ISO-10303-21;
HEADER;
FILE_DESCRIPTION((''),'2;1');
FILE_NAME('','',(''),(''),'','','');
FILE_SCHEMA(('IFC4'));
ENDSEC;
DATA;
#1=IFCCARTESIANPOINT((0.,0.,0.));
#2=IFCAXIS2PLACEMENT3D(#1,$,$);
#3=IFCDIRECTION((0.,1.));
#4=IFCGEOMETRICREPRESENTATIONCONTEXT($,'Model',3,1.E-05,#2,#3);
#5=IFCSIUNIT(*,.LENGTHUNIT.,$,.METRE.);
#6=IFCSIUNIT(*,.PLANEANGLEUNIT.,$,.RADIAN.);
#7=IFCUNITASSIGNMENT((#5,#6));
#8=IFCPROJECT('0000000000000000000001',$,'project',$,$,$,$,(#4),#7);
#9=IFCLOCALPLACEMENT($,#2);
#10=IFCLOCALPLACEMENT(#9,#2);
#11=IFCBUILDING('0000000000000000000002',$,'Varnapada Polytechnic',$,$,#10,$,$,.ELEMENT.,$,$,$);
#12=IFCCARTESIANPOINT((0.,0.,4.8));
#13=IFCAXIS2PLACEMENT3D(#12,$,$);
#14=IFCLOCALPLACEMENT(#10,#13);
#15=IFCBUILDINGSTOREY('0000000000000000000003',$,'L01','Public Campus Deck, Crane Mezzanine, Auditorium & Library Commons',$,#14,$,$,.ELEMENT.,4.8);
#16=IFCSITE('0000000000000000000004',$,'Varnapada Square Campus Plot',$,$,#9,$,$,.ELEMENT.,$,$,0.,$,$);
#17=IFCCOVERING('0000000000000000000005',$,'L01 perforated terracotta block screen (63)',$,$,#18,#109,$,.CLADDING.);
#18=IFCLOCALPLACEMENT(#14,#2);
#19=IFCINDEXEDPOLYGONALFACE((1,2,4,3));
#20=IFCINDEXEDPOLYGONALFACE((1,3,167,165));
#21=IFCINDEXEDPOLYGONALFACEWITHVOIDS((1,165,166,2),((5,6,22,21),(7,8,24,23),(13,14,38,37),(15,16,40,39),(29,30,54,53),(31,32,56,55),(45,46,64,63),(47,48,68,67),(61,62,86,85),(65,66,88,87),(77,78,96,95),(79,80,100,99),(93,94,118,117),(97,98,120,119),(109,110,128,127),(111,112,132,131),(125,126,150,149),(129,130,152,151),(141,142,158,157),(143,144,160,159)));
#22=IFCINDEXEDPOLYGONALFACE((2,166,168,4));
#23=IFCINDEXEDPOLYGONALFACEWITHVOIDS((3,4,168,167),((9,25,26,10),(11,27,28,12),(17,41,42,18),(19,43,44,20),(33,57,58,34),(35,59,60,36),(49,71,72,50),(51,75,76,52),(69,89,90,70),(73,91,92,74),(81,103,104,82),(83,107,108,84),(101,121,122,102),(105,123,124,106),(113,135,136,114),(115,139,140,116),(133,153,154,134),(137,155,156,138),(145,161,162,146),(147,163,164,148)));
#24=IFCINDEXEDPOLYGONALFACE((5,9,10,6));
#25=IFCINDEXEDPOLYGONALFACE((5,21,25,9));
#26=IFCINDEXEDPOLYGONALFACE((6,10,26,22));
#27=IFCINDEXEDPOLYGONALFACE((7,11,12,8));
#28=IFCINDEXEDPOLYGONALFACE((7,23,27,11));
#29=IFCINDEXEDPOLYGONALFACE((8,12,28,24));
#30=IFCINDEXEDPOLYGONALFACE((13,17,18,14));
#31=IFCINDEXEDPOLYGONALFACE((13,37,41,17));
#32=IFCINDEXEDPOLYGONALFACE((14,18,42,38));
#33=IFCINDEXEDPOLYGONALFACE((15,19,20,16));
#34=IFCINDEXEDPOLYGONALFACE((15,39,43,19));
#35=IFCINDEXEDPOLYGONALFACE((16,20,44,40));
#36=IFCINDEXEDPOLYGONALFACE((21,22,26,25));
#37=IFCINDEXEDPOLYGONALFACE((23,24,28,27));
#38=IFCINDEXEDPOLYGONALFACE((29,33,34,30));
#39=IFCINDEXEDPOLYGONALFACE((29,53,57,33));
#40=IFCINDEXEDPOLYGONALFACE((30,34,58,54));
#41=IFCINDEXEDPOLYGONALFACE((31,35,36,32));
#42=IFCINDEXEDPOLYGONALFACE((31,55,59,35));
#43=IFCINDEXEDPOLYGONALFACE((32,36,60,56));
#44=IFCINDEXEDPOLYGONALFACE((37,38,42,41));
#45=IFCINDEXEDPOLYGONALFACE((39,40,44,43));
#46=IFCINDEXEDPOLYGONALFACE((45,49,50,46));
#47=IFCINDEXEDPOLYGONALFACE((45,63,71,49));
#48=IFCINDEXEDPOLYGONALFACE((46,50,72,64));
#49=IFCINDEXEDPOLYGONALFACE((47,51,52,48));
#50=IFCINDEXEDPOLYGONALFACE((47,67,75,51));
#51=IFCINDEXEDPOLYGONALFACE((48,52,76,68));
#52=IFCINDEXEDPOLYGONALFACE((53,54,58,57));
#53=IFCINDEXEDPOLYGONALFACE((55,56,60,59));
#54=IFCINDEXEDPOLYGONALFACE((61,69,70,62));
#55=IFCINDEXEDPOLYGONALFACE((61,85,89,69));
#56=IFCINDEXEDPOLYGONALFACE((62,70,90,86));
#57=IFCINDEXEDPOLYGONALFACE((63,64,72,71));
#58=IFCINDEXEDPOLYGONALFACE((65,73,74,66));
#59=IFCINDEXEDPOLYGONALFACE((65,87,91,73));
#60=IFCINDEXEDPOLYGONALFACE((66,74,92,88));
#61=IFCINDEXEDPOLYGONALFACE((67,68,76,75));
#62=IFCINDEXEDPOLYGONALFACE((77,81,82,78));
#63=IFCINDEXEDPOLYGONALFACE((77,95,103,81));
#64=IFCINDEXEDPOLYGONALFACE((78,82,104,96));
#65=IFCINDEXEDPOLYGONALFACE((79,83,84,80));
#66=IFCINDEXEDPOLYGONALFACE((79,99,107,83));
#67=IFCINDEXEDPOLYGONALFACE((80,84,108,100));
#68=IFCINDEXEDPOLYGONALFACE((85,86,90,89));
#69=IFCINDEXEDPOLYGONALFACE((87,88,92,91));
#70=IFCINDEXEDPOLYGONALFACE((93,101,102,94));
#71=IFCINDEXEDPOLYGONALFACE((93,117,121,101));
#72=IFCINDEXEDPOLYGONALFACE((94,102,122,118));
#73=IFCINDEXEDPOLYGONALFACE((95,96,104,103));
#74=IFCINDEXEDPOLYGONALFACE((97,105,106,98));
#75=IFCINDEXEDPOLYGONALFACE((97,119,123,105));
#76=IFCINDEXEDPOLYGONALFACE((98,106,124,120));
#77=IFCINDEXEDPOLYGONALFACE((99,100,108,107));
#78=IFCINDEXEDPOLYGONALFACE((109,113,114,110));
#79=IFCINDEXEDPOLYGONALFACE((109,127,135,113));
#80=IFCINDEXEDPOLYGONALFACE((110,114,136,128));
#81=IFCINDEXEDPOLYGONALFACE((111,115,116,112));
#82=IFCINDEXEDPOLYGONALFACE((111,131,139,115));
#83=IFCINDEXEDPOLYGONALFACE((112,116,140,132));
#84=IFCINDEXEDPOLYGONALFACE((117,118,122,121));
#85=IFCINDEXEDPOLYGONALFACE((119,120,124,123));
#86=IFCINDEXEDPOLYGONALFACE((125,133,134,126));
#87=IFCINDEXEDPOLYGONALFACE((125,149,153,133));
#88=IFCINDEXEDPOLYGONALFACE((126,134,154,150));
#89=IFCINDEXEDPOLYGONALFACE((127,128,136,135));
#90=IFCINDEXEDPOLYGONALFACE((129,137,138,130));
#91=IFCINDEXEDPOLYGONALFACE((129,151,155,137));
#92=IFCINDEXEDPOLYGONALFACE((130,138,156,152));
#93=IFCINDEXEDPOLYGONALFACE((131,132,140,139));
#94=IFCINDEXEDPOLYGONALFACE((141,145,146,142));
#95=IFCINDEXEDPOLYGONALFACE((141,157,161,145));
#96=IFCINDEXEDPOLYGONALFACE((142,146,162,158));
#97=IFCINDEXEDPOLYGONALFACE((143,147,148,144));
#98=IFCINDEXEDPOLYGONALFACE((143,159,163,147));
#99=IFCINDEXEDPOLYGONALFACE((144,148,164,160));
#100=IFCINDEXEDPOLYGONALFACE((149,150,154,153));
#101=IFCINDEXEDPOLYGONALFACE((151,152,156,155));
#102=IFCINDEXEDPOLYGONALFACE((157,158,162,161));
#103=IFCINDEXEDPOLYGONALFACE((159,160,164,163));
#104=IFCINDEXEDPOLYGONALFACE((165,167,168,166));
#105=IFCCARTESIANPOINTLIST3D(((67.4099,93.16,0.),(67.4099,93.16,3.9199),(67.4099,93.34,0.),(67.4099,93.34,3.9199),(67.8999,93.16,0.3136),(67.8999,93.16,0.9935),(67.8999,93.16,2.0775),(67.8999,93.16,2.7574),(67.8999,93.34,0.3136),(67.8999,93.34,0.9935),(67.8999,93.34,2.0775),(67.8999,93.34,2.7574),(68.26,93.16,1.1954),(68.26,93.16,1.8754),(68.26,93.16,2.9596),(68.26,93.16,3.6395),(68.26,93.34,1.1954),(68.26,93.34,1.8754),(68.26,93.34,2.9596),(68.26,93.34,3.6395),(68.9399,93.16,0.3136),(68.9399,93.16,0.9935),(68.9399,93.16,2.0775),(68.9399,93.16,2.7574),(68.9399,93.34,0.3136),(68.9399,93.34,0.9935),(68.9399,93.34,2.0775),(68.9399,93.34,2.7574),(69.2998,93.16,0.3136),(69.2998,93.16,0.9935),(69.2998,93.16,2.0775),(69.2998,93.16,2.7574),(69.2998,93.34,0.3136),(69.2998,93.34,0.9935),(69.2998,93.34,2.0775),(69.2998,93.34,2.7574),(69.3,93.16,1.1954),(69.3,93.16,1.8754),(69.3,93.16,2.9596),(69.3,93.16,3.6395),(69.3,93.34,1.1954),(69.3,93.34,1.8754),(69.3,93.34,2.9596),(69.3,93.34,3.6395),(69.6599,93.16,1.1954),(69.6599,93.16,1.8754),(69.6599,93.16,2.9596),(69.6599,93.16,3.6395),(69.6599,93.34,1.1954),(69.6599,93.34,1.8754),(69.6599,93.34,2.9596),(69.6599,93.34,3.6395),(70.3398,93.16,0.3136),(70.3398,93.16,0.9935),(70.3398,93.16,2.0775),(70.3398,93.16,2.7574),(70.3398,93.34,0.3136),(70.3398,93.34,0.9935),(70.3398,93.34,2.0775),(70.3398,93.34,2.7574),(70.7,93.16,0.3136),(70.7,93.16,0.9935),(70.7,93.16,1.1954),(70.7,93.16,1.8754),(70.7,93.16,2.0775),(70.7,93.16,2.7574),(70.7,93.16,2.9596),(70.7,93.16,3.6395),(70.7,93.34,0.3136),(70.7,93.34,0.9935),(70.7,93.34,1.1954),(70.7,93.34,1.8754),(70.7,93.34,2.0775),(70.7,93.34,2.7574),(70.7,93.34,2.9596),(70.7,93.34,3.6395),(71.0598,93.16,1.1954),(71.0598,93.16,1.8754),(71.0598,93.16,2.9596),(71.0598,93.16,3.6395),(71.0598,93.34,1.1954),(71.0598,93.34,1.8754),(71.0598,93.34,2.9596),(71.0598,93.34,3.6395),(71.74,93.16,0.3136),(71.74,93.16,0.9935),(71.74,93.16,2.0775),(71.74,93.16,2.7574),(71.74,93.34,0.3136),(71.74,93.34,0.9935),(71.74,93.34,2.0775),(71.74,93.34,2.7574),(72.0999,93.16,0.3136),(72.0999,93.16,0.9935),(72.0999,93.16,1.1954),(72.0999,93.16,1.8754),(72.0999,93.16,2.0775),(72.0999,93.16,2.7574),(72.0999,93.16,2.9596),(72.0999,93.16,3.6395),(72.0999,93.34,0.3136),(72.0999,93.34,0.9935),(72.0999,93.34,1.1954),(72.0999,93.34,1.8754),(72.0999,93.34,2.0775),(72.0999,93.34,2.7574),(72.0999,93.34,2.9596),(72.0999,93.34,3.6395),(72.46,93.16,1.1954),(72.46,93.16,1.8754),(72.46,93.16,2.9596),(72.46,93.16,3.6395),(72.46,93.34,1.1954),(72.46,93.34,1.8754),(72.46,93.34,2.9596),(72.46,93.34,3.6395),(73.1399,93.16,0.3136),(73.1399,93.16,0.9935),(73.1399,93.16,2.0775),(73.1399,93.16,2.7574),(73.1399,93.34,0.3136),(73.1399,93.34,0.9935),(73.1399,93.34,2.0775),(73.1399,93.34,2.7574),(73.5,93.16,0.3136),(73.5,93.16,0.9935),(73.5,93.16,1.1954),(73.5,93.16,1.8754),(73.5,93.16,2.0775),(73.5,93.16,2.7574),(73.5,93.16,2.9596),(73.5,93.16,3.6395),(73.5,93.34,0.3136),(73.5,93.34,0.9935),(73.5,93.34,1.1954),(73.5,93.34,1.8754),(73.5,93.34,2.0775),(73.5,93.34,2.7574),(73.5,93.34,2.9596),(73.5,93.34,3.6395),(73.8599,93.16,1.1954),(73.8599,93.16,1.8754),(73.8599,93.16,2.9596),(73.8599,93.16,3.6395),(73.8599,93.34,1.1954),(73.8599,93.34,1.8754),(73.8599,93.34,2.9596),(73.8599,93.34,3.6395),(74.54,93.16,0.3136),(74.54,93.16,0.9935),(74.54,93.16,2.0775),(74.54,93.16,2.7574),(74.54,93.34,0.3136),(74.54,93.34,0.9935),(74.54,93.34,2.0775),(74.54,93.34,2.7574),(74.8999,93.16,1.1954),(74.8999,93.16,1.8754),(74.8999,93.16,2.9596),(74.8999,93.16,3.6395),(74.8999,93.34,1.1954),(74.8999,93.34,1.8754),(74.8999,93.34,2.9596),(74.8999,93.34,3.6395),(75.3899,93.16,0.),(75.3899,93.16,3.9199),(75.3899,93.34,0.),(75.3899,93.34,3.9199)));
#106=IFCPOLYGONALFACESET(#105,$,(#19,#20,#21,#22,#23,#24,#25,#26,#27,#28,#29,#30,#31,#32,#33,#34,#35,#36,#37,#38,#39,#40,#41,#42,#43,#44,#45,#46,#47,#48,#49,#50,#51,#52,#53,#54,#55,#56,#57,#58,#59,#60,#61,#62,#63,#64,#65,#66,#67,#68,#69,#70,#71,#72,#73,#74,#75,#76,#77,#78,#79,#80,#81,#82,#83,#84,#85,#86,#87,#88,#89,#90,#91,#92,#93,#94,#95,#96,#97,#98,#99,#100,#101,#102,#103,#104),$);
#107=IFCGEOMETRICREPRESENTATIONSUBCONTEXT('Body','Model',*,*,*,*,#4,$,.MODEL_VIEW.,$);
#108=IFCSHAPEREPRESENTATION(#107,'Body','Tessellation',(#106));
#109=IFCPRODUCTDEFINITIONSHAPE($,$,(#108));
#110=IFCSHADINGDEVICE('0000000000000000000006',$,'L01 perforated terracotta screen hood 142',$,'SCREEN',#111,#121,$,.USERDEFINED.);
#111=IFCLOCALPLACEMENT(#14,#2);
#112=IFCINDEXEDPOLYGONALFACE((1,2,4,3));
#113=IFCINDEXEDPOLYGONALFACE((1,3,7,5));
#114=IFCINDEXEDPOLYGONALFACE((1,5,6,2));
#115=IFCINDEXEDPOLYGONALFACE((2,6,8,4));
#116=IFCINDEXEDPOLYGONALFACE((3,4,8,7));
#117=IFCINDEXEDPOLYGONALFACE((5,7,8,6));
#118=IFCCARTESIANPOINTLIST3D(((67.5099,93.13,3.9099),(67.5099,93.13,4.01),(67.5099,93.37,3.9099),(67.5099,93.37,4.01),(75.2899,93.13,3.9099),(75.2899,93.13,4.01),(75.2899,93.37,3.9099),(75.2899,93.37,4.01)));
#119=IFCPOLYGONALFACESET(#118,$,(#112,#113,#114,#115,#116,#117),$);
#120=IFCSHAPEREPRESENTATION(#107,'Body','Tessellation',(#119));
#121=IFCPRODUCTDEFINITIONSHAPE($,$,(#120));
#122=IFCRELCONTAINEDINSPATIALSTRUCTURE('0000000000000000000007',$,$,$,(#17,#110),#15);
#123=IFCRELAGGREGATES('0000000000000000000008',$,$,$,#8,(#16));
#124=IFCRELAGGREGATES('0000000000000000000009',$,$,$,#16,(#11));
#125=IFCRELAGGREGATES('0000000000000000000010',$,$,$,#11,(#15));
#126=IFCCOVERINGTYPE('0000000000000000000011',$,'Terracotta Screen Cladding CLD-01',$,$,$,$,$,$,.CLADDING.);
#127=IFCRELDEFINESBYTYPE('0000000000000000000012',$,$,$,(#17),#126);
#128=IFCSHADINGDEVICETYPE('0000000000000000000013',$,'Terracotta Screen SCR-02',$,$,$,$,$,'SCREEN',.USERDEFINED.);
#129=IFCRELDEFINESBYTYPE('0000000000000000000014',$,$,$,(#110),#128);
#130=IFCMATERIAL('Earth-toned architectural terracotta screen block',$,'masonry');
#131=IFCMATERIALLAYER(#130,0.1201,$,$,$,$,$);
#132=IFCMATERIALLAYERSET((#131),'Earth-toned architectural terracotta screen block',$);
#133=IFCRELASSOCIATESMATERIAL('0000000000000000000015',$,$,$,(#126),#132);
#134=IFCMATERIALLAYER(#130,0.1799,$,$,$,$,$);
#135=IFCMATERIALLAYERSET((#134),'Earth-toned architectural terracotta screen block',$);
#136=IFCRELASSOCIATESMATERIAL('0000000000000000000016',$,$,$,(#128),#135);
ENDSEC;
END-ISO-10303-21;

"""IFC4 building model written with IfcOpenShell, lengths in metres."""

from ifc_helpers import new_model, si_unit, direction, frame, frame_2d, origin, origin_2d, place, context, subcontext, project, spatial, rectangle, extrude, material, layer, layer_set, type_object, element, save


model = new_model("IFC4")

# Units and contexts
model_context = context("Model", 3, precision=1e-05, world=origin(), true_north=direction((0.0, 1.0)))
body_context = subcontext(model_context, "Body", "Model", "MODEL_VIEW")
ifc_project = project(units=[si_unit("LENGTHUNIT", "METRE"), si_unit("PLANEANGLEUNIT", "RADIAN")], contexts=[model_context])

# Site, building, storey
site_placement = place(None, origin())
site = spatial("IfcSite", under=ifc_project, at=site_placement, Name="Varnapada Square Campus Plot", CompositionType="ELEMENT", RefElevation=0.0)
building_placement = place(site_placement, origin())
building = spatial("IfcBuilding", under=site, at=building_placement, Name="Varnapada Polytechnic", CompositionType="ELEMENT")
storey_placement = place(building_placement, frame((0.0, 0.0, 4.8)))
storey = spatial("IfcBuildingStorey", under=building, at=storey_placement, Name="L01", Description="Public Campus Deck, Crane Mezzanine, Auditorium & Library Commons", CompositionType="ELEMENT", Elevation=4.8)

# Covering, openings
ifc_material_1 = material(Name="Earth-toned architectural terracotta screen block", Category="masonry")
ifc_layer_1 = layer(ifc_material_1, 0.1201)
ifc_layer_set_1 = layer_set([ifc_layer_1], Name="Earth-toned architectural terracotta screen block")
covering_type = type_object("IfcCoveringType", Name="Terracotta Screen Cladding CLD-01", PredefinedType="CLADDING", material=ifc_layer_set_1)
covering_placement = place(storey_placement, frame((67.4099, 93.25, 0.0), z_axis=(0.0, 0.0, 1.0), x_axis=(1.0, 0.0, 0.0)))
covering = element("IfcCovering", 1, at=covering_placement, inside=storey, type_object=covering_type, Name="L01 perforated terracotta block screen (63)", PredefinedType="CLADDING", context=body_context, shape_type="SweptSolid", body=[
    extrude(rectangle(XDim=7.98, YDim=0.1799, at=frame_2d((3.99, 0.0))), origin(), (0.0, 0.0, 1.0), 3.9199),
])
opening_1_placement = place(covering_placement, frame((0.49, 0.0, 0.3137)))
element("IfcOpeningElement", 2, at=opening_1_placement, cuts=covering, PredefinedType="OPENING", context=body_context, shape_type="SweptSolid", body=[
    extrude(rectangle(XDim=1.04, YDim=0.6799, at=frame_2d((0.52, 0.3398))), frame((0.0, 0.0999, 0.0), z_axis=(0.0, -1.0, 0.0), x_axis=(1.0, 0.0, 0.0)), (0.0, 0.0, 1.0), 0.2),
])
opening_2_placement = place(covering_placement, frame((1.8899, 0.0, 0.3137)))
element("IfcOpeningElement", 3, at=opening_2_placement, cuts=covering, PredefinedType="OPENING", context=body_context, shape_type="SweptSolid", body=[
    extrude(rectangle(XDim=1.04, YDim=0.6799, at=frame_2d((0.52, 0.3398))), frame((0.0, 0.0999, 0.0), z_axis=(0.0, -1.0, 0.0), x_axis=(1.0, 0.0, 0.0)), (0.0, 0.0, 1.0), 0.2),
])
opening_3_placement = place(covering_placement, frame((3.29, 0.0, 0.3137)))
element("IfcOpeningElement", 4, at=opening_3_placement, cuts=covering, PredefinedType="OPENING", context=body_context, shape_type="SweptSolid", body=[
    extrude(rectangle(XDim=1.04, YDim=0.6799, at=frame_2d((0.52, 0.3398))), frame((0.0, 0.0999, 0.0), z_axis=(0.0, -1.0, 0.0), x_axis=(1.0, 0.0, 0.0)), (0.0, 0.0, 1.0), 0.2),
])
opening_4_placement = place(covering_placement, frame((4.6899, 0.0, 0.3137)))
element("IfcOpeningElement", 5, at=opening_4_placement, cuts=covering, PredefinedType="OPENING", context=body_context, shape_type="SweptSolid", body=[
    extrude(rectangle(XDim=1.04, YDim=0.6799, at=frame_2d((0.52, 0.3398))), frame((0.0, 0.0999, 0.0), z_axis=(0.0, -1.0, 0.0), x_axis=(1.0, 0.0, 0.0)), (0.0, 0.0, 1.0), 0.2),
])
opening_5_placement = place(covering_placement, frame((6.0901, 0.0, 0.3137)))
element("IfcOpeningElement", 6, at=opening_5_placement, cuts=covering, PredefinedType="OPENING", context=body_context, shape_type="SweptSolid", body=[
    extrude(rectangle(XDim=1.04, YDim=0.6799, at=frame_2d((0.52, 0.3398))), frame((0.0, 0.0999, 0.0), z_axis=(0.0, -1.0, 0.0), x_axis=(1.0, 0.0, 0.0)), (0.0, 0.0, 1.0), 0.2),
])
opening_6_placement = place(covering_placement, frame((0.8501, 0.0, 1.1956)))
element("IfcOpeningElement", 7, at=opening_6_placement, cuts=covering, PredefinedType="OPENING", context=body_context, shape_type="SweptSolid", body=[
    extrude(rectangle(XDim=1.04, YDim=0.6799, at=frame_2d((0.52, 0.3398))), frame((0.0, 0.0999, 0.0), z_axis=(0.0, -1.0, 0.0), x_axis=(1.0, 0.0, 0.0)), (0.0, 0.0, 1.0), 0.2),
])
opening_7_placement = place(covering_placement, frame((2.25, 0.0, 1.1956)))
element("IfcOpeningElement", 8, at=opening_7_placement, cuts=covering, PredefinedType="OPENING", context=body_context, shape_type="SweptSolid", body=[
    extrude(rectangle(XDim=1.04, YDim=0.6799, at=frame_2d((0.52, 0.3398))), frame((0.0, 0.0999, 0.0), z_axis=(0.0, -1.0, 0.0), x_axis=(1.0, 0.0, 0.0)), (0.0, 0.0, 1.0), 0.2),
])
opening_8_placement = place(covering_placement, frame((3.6499, 0.0, 1.1956)))
element("IfcOpeningElement", 9, at=opening_8_placement, cuts=covering, PredefinedType="OPENING", context=body_context, shape_type="SweptSolid", body=[
    extrude(rectangle(XDim=1.04, YDim=0.6799, at=frame_2d((0.52, 0.3398))), frame((0.0, 0.0999, 0.0), z_axis=(0.0, -1.0, 0.0), x_axis=(1.0, 0.0, 0.0)), (0.0, 0.0, 1.0), 0.2),
])
opening_9_placement = place(covering_placement, frame((5.05, 0.0, 1.1956)))
element("IfcOpeningElement", 10, at=opening_9_placement, cuts=covering, PredefinedType="OPENING", context=body_context, shape_type="SweptSolid", body=[
    extrude(rectangle(XDim=1.04, YDim=0.6799, at=frame_2d((0.52, 0.3398))), frame((0.0, 0.0999, 0.0), z_axis=(0.0, -1.0, 0.0), x_axis=(1.0, 0.0, 0.0)), (0.0, 0.0, 1.0), 0.2),
])
opening_10_placement = place(covering_placement, frame((6.45, 0.0, 1.1956)))
element("IfcOpeningElement", 11, at=opening_10_placement, cuts=covering, PredefinedType="OPENING", context=body_context, shape_type="SweptSolid", body=[
    extrude(rectangle(XDim=1.04, YDim=0.6799, at=frame_2d((0.52, 0.3398))), frame((0.0, 0.0999, 0.0), z_axis=(0.0, -1.0, 0.0), x_axis=(1.0, 0.0, 0.0)), (0.0, 0.0, 1.0), 0.2),
])
opening_11_placement = place(covering_placement, frame((0.49, 0.0, 2.0776)))
element("IfcOpeningElement", 12, at=opening_11_placement, cuts=covering, PredefinedType="OPENING", context=body_context, shape_type="SweptSolid", body=[
    extrude(rectangle(XDim=1.04, YDim=0.6799, at=frame_2d((0.52, 0.3398))), frame((0.0, 0.0999, 0.0), z_axis=(0.0, -1.0, 0.0), x_axis=(1.0, 0.0, 0.0)), (0.0, 0.0, 1.0), 0.2),
])
opening_12_placement = place(covering_placement, frame((1.8899, 0.0, 2.0776)))
element("IfcOpeningElement", 13, at=opening_12_placement, cuts=covering, PredefinedType="OPENING", context=body_context, shape_type="SweptSolid", body=[
    extrude(rectangle(XDim=1.04, YDim=0.6799, at=frame_2d((0.52, 0.3398))), frame((0.0, 0.0999, 0.0), z_axis=(0.0, -1.0, 0.0), x_axis=(1.0, 0.0, 0.0)), (0.0, 0.0, 1.0), 0.2),
])
opening_13_placement = place(covering_placement, frame((3.29, 0.0, 2.0776)))
element("IfcOpeningElement", 14, at=opening_13_placement, cuts=covering, PredefinedType="OPENING", context=body_context, shape_type="SweptSolid", body=[
    extrude(rectangle(XDim=1.04, YDim=0.6799, at=frame_2d((0.52, 0.3398))), frame((0.0, 0.0999, 0.0), z_axis=(0.0, -1.0, 0.0), x_axis=(1.0, 0.0, 0.0)), (0.0, 0.0, 1.0), 0.2),
])
opening_14_placement = place(covering_placement, frame((4.6899, 0.0, 2.0776)))
element("IfcOpeningElement", 15, at=opening_14_placement, cuts=covering, PredefinedType="OPENING", context=body_context, shape_type="SweptSolid", body=[
    extrude(rectangle(XDim=1.04, YDim=0.6799, at=frame_2d((0.52, 0.3398))), frame((0.0, 0.0999, 0.0), z_axis=(0.0, -1.0, 0.0), x_axis=(1.0, 0.0, 0.0)), (0.0, 0.0, 1.0), 0.2),
])
opening_15_placement = place(covering_placement, frame((6.0901, 0.0, 2.0776)))
element("IfcOpeningElement", 16, at=opening_15_placement, cuts=covering, PredefinedType="OPENING", context=body_context, shape_type="SweptSolid", body=[
    extrude(rectangle(XDim=1.04, YDim=0.6799, at=frame_2d((0.52, 0.3398))), frame((0.0, 0.0999, 0.0), z_axis=(0.0, -1.0, 0.0), x_axis=(1.0, 0.0, 0.0)), (0.0, 0.0, 1.0), 0.2),
])
opening_16_placement = place(covering_placement, frame((0.8501, 0.0, 2.9597)))
element("IfcOpeningElement", 17, at=opening_16_placement, cuts=covering, PredefinedType="OPENING", context=body_context, shape_type="SweptSolid", body=[
    extrude(rectangle(XDim=1.04, YDim=0.6799, at=frame_2d((0.52, 0.3398))), frame((0.0, 0.0999, 0.0), z_axis=(0.0, -1.0, 0.0), x_axis=(1.0, 0.0, 0.0)), (0.0, 0.0, 1.0), 0.2),
])
opening_17_placement = place(covering_placement, frame((2.25, 0.0, 2.9597)))
element("IfcOpeningElement", 18, at=opening_17_placement, cuts=covering, PredefinedType="OPENING", context=body_context, shape_type="SweptSolid", body=[
    extrude(rectangle(XDim=1.04, YDim=0.6799, at=frame_2d((0.52, 0.3398))), frame((0.0, 0.0999, 0.0), z_axis=(0.0, -1.0, 0.0), x_axis=(1.0, 0.0, 0.0)), (0.0, 0.0, 1.0), 0.2),
])
opening_18_placement = place(covering_placement, frame((3.6499, 0.0, 2.9597)))
element("IfcOpeningElement", 19, at=opening_18_placement, cuts=covering, PredefinedType="OPENING", context=body_context, shape_type="SweptSolid", body=[
    extrude(rectangle(XDim=1.04, YDim=0.6799, at=frame_2d((0.52, 0.3398))), frame((0.0, 0.0999, 0.0), z_axis=(0.0, -1.0, 0.0), x_axis=(1.0, 0.0, 0.0)), (0.0, 0.0, 1.0), 0.2),
])
opening_19_placement = place(covering_placement, frame((5.05, 0.0, 2.9597)))
element("IfcOpeningElement", 20, at=opening_19_placement, cuts=covering, PredefinedType="OPENING", context=body_context, shape_type="SweptSolid", body=[
    extrude(rectangle(XDim=1.04, YDim=0.6799, at=frame_2d((0.52, 0.3398))), frame((0.0, 0.0999, 0.0), z_axis=(0.0, -1.0, 0.0), x_axis=(1.0, 0.0, 0.0)), (0.0, 0.0, 1.0), 0.2),
])
opening_20_placement = place(covering_placement, frame((6.45, 0.0, 2.9597)))
element("IfcOpeningElement", 21, at=opening_20_placement, cuts=covering, PredefinedType="OPENING", context=body_context, shape_type="SweptSolid", body=[
    extrude(rectangle(XDim=1.04, YDim=0.6799, at=frame_2d((0.52, 0.3398))), frame((0.0, 0.0999, 0.0), z_axis=(0.0, -1.0, 0.0), x_axis=(1.0, 0.0, 0.0)), (0.0, 0.0, 1.0), 0.2),
])

# Shading device
ifc_layer_2 = layer(ifc_material_1, 0.1799)
ifc_layer_set_2 = layer_set([ifc_layer_2], Name="Earth-toned architectural terracotta screen block")
shading_device_type = type_object("IfcShadingDeviceType", Name="Terracotta Screen SCR-02", ElementType="SCREEN", PredefinedType="USERDEFINED", material=ifc_layer_set_2)
shading_device_placement = place(storey_placement, frame((71.3999, 93.25, 3.9099), z_axis=(0.0, 0.0, 1.0), x_axis=(1.0, 0.0, 0.0)))
element("IfcShadingDevice", 22, at=shading_device_placement, inside=storey, type_object=shading_device_type, Name="L01 perforated terracotta screen hood 142", ObjectType="SCREEN", PredefinedType="USERDEFINED", context=body_context, shape_type="SweptSolid", body=[
    extrude(rectangle(XDim=7.78, YDim=0.24, at=origin_2d()), origin(), (0.0, 0.0, 1.0), 0.1001),
])

save(model, "model.ifc")
